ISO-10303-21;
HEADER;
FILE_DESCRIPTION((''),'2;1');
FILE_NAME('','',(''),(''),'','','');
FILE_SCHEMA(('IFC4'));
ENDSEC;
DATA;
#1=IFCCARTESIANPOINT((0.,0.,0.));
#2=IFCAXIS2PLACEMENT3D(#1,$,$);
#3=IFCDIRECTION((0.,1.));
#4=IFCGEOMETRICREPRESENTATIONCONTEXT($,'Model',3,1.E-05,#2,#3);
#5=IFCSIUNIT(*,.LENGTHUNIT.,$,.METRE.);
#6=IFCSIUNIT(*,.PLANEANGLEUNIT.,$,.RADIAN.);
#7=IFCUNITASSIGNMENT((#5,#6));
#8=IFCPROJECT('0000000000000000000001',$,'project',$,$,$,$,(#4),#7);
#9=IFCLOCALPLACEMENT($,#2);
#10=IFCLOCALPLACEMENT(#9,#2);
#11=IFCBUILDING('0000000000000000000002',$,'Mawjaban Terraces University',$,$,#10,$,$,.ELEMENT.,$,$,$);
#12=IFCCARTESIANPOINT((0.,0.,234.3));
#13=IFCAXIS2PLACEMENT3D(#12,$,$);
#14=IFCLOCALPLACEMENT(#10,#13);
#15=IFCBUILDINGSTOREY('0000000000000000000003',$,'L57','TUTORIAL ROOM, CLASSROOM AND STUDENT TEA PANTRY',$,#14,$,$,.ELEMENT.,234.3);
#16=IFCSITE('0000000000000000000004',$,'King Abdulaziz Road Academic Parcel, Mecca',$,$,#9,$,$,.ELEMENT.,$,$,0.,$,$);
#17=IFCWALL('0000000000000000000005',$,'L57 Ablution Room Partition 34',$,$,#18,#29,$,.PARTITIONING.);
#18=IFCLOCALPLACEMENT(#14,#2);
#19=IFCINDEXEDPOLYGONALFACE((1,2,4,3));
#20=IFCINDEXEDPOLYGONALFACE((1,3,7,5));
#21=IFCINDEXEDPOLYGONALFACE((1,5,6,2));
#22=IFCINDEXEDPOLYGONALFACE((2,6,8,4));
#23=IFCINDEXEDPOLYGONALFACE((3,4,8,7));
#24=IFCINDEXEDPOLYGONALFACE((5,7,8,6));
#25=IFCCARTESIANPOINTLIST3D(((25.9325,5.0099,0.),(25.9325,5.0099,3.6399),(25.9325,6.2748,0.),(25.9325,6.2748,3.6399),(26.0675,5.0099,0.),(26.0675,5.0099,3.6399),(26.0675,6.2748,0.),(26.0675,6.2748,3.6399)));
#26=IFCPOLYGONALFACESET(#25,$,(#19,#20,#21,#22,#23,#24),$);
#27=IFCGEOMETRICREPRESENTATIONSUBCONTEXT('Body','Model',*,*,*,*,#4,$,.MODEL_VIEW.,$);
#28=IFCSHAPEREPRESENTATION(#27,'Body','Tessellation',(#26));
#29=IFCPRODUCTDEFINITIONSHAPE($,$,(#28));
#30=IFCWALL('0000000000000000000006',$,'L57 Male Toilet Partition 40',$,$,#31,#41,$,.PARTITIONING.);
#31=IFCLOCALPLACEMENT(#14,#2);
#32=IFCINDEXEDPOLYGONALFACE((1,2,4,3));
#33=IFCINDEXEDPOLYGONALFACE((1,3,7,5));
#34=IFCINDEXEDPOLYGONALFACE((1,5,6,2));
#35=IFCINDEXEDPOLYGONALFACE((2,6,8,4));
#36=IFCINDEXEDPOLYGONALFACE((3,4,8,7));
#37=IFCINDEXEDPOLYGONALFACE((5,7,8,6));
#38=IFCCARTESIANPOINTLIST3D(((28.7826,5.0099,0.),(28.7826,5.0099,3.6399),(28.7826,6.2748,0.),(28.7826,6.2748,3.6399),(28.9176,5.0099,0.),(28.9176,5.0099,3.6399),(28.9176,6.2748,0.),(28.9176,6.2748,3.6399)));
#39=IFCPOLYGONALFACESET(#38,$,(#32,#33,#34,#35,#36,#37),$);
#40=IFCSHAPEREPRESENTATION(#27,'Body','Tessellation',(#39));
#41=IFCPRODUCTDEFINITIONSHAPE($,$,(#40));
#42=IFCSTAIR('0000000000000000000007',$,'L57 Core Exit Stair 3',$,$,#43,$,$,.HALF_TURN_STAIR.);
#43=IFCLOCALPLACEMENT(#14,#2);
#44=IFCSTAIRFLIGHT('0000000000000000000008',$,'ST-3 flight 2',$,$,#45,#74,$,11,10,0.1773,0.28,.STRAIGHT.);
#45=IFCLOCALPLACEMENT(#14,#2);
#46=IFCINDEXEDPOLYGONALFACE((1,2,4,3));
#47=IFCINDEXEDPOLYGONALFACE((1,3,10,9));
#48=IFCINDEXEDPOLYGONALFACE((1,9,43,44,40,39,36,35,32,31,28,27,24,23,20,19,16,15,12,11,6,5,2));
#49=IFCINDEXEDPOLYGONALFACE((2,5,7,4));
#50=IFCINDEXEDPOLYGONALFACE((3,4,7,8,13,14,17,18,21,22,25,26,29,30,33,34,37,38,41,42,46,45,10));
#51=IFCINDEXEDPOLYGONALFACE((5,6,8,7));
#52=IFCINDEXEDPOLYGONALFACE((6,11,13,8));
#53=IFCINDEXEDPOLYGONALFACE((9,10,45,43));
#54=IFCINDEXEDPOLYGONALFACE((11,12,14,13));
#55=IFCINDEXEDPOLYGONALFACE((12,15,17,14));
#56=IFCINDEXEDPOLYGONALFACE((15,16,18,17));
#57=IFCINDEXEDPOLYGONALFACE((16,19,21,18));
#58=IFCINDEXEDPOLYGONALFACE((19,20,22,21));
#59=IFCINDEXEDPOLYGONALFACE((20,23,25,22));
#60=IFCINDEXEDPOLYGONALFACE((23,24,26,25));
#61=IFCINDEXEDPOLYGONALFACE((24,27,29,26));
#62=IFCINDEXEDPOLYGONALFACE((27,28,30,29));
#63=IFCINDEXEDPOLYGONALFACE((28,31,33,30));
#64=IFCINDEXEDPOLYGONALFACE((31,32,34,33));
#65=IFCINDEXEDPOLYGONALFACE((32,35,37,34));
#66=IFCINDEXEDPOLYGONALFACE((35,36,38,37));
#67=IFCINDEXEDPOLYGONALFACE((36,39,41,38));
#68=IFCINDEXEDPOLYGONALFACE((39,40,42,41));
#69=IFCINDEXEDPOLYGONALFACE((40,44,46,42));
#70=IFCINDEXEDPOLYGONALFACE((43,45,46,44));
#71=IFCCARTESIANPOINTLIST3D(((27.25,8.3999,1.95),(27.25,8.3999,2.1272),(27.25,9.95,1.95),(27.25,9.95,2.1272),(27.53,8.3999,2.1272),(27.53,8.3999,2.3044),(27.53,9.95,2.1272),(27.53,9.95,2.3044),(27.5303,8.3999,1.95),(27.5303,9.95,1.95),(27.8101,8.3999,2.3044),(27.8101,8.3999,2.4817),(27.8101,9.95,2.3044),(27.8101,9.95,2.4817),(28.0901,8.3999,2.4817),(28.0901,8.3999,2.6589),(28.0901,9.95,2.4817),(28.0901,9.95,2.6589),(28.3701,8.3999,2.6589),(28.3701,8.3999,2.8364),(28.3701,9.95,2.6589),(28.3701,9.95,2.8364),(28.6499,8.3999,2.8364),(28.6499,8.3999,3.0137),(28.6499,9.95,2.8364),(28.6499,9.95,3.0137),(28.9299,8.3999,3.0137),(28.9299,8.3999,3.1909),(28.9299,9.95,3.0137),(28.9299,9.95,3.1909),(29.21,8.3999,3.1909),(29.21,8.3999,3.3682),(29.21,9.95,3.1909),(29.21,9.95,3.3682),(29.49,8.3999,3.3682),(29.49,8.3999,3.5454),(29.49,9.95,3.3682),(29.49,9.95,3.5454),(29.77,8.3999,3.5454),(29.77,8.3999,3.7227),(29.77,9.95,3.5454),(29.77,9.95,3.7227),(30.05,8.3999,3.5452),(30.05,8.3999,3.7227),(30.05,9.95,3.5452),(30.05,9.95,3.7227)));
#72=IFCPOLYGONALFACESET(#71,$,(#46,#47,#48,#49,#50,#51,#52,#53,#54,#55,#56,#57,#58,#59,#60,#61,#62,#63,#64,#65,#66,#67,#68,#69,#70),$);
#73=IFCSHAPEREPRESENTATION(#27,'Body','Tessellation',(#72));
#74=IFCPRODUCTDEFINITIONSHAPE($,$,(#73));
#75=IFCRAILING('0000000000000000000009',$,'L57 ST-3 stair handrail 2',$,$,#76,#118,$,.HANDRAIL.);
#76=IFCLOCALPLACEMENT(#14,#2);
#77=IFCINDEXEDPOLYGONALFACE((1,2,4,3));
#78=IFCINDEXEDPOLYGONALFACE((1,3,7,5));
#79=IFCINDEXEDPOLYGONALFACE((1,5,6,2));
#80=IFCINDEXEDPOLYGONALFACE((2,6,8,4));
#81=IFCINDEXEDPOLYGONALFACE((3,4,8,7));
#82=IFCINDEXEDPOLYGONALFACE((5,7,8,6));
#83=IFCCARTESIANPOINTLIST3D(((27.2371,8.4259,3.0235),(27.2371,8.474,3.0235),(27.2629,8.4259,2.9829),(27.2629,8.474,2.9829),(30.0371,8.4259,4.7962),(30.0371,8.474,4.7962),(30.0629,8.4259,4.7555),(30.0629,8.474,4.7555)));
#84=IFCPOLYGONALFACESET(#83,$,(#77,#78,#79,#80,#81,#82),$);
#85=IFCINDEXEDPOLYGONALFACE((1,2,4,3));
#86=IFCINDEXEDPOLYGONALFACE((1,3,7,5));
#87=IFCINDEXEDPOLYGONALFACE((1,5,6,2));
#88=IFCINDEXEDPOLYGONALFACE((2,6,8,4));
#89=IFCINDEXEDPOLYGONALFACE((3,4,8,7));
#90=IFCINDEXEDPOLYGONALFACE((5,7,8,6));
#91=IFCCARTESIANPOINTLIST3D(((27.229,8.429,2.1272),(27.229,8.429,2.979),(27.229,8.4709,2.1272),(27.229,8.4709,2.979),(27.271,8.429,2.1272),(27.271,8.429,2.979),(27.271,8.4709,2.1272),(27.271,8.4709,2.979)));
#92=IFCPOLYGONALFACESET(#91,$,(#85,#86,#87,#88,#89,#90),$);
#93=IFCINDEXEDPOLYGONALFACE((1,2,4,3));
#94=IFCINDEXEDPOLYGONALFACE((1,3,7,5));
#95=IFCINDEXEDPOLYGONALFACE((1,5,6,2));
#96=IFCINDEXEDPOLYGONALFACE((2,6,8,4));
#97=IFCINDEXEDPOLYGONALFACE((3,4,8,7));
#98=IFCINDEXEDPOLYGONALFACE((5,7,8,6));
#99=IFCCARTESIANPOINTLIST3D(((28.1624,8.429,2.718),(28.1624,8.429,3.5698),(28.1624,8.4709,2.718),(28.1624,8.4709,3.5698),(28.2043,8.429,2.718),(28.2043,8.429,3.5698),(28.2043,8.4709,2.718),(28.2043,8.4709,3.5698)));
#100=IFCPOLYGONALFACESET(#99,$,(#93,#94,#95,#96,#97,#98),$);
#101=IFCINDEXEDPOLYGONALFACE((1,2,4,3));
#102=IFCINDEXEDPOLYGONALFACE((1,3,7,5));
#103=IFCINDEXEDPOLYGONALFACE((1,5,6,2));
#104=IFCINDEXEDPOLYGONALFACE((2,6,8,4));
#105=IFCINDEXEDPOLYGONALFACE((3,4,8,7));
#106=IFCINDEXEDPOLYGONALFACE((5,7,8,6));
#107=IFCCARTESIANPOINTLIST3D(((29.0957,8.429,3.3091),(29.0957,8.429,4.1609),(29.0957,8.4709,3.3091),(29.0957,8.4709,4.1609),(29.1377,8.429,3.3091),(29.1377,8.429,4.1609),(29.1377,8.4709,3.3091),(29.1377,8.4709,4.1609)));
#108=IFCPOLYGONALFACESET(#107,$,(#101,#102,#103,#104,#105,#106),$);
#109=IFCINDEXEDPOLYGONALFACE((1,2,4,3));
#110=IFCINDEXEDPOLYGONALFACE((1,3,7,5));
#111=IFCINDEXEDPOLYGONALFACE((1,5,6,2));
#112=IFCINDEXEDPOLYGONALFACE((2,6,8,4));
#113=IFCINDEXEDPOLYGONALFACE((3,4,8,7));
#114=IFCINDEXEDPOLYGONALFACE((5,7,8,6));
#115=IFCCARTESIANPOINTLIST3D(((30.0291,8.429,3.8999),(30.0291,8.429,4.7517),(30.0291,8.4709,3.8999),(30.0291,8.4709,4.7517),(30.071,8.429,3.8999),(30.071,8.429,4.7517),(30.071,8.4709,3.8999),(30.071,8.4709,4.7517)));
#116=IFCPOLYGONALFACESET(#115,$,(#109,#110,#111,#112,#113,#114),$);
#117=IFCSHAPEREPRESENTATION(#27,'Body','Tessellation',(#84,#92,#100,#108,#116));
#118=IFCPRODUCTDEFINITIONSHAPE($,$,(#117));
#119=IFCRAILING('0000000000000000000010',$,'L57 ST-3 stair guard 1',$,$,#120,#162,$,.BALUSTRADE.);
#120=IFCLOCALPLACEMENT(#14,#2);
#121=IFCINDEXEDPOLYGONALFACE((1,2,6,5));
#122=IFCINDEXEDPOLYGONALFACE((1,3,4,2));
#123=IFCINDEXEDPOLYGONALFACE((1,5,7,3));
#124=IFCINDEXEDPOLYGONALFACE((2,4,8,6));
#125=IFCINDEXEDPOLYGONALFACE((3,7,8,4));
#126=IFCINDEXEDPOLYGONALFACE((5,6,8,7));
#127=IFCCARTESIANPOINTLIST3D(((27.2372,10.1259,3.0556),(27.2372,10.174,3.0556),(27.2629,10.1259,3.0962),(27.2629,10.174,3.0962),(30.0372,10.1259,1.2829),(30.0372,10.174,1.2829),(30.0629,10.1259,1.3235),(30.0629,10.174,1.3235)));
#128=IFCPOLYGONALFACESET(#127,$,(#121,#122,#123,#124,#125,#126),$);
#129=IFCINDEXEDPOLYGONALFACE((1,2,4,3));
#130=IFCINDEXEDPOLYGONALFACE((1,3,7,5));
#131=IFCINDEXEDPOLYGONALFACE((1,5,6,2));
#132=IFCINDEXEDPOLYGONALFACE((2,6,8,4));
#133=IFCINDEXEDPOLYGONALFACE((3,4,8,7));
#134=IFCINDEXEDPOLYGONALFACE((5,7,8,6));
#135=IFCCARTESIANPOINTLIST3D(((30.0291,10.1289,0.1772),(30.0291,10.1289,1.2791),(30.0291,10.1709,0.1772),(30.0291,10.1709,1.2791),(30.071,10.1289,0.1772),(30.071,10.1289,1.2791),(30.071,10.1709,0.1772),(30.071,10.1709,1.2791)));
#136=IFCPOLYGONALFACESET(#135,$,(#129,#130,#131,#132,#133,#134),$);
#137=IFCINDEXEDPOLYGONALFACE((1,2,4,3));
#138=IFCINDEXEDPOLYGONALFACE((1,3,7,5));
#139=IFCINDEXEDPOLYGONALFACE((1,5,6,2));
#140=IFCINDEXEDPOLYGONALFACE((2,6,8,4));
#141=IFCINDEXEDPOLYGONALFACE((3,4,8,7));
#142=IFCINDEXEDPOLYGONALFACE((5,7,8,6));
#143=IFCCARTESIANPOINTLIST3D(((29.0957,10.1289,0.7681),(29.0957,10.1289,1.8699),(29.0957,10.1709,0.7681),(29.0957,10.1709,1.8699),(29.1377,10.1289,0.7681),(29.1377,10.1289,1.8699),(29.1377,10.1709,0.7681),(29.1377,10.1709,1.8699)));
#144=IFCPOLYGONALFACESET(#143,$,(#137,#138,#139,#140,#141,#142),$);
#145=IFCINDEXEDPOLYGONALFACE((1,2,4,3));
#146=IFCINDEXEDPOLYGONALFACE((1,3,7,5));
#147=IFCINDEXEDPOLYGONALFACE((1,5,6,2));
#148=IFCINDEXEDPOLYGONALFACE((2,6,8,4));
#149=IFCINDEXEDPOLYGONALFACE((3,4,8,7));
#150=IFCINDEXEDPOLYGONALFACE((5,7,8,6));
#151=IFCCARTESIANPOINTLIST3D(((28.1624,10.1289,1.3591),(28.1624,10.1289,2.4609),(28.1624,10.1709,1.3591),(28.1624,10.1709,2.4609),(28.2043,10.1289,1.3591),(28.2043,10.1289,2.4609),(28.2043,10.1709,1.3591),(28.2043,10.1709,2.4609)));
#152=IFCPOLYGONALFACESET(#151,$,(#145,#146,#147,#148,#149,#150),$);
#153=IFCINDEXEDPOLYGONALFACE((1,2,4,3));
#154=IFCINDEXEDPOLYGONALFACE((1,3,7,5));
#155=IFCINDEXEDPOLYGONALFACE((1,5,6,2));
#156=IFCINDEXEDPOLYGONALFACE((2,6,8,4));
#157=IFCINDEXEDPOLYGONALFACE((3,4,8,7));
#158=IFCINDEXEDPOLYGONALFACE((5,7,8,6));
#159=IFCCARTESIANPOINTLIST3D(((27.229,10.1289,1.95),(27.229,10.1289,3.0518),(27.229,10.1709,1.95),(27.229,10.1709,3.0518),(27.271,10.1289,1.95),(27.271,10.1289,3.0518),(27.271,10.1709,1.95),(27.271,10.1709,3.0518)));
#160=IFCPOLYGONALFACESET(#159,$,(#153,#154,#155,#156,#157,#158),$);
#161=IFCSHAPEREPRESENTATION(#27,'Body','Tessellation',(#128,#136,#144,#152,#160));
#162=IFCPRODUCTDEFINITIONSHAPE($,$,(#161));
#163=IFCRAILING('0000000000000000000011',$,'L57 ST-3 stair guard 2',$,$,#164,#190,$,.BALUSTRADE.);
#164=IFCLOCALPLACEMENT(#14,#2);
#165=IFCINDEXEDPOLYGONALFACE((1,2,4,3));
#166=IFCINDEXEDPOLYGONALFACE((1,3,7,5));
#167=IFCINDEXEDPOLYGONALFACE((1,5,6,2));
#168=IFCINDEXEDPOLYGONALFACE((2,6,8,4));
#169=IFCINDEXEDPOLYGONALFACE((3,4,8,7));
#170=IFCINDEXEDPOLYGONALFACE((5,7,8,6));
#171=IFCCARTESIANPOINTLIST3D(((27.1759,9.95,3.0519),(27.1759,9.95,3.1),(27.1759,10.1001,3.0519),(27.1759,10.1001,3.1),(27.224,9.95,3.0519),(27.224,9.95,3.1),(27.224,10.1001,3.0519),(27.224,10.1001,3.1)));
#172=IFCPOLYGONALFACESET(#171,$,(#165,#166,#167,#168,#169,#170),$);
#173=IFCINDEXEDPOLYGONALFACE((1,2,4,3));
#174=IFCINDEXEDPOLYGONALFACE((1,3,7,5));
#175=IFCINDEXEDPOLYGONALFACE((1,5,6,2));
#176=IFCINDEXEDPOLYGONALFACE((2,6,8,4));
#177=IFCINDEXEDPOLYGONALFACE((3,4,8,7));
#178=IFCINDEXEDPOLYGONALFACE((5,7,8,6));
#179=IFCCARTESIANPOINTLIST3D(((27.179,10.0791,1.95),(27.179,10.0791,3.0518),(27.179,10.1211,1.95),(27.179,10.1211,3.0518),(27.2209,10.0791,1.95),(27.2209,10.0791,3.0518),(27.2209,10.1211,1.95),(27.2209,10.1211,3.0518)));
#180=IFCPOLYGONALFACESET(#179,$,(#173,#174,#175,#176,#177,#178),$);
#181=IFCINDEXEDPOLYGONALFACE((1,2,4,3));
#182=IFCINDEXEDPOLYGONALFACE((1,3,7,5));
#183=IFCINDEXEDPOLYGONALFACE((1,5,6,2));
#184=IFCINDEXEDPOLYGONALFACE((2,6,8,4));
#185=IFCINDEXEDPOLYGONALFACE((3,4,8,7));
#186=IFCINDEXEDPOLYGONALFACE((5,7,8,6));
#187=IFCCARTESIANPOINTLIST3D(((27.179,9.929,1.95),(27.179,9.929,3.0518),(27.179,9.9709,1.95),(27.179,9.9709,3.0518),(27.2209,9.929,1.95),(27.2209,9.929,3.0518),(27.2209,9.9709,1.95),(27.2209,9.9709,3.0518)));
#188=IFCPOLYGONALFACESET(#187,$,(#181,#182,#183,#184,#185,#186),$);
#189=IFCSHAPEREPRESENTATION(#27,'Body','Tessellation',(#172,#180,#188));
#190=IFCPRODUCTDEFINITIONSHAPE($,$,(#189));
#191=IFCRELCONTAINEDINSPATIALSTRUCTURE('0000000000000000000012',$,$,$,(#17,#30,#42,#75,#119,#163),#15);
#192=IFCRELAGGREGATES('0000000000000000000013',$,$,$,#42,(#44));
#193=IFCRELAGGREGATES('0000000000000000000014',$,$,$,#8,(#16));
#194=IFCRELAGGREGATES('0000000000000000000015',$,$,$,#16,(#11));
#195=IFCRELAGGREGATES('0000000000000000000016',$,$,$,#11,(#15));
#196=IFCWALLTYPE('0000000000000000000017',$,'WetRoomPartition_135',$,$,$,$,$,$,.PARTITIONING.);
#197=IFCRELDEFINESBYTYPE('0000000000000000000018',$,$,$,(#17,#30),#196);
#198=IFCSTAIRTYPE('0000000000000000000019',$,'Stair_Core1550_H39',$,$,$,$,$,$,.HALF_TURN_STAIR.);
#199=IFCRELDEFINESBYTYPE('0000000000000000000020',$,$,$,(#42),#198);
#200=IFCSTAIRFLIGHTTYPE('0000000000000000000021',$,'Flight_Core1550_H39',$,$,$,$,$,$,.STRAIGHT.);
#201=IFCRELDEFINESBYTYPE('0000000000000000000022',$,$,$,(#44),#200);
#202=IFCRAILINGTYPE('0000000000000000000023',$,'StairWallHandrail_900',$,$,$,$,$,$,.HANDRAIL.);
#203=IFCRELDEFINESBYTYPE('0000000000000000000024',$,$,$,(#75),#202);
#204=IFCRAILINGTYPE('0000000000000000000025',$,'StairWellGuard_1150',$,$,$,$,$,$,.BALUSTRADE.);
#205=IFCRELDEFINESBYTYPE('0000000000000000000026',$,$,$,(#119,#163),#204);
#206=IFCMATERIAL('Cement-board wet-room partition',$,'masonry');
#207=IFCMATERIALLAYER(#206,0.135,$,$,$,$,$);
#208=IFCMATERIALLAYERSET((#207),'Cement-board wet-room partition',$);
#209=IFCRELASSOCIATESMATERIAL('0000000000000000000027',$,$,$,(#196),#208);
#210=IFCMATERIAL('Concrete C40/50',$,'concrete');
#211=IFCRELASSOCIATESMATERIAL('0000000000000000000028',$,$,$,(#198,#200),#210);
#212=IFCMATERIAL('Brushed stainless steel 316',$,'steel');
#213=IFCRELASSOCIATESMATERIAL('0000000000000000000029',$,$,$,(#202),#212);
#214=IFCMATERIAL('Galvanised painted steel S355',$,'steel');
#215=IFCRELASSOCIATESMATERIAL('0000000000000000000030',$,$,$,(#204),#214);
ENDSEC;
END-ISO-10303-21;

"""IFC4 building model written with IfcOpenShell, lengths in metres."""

from ifc_helpers import new_model, si_unit, direction, frame, frame_2d, origin, origin_2d, place, context, subcontext, project, spatial, polyline, rectangle, outline, extrude, material, layer, layer_set, type_object, element, aggregate, save


model = new_model("IFC4")

# Units and contexts
model_context = context("Model", 3, precision=1e-05, world=origin(), true_north=direction((0.0, 1.0)))
body_context = subcontext(model_context, "Body", "Model", "MODEL_VIEW")
ifc_project = project(units=[si_unit("LENGTHUNIT", "METRE"), si_unit("PLANEANGLEUNIT", "RADIAN")], contexts=[model_context])

# Site, building, storey
site_placement = place(None, origin())
site = spatial("IfcSite", under=ifc_project, at=site_placement, Name="King Abdulaziz Road Academic Parcel, Mecca", CompositionType="ELEMENT", RefElevation=0.0)
building_placement = place(site_placement, origin())
building = spatial("IfcBuilding", under=site, at=building_placement, Name="Mawjaban Terraces University", CompositionType="ELEMENT")
storey_placement = place(building_placement, frame((0.0, 0.0, 234.3)))
storey = spatial("IfcBuildingStorey", under=building, at=storey_placement, Name="L57", Description="TUTORIAL ROOM, CLASSROOM AND STUDENT TEA PANTRY", CompositionType="ELEMENT", Elevation=234.3)

# Walls
ifc_material_1 = material(Name="Cement-board wet-room partition", Category="masonry")
ifc_layer_1 = layer(ifc_material_1, 0.135)
ifc_layer_set_1 = layer_set([ifc_layer_1], Name="Cement-board wet-room partition")
wall_type_1 = type_object("IfcWallType", Name="WetRoomPartition_135", PredefinedType="PARTITIONING", material=ifc_layer_set_1)
for number, where, z_axis, x_axis, name in (
    (1, (26.0, 5.01, 0.0), (0.0, 0.0, 1.0), (0.0, 1.0, 0.0), "L57 Ablution Room Partition 34"),
    (2, (28.8501, 5.01, 0.0), (0.0, 0.0, 1.0), (0.0, 1.0, 0.0), "L57 Male Toilet Partition 40"),
):
    element("IfcWall", number, at=place(storey_placement, frame(where, z_axis=z_axis, x_axis=x_axis)), inside=storey, type_object=wall_type_1, Name=name, PredefinedType="PARTITIONING", context=body_context, shape_type="SweptSolid", body=[
        extrude(rectangle(XDim=1.2649, YDim=0.135, at=frame_2d((0.6323, 0.0))), origin(), (0.0, 0.0, 1.0), 3.6399),
    ])

# Stair, stair flight
ifc_material_2 = material(Name="Concrete C40/50", Category="concrete")
stair_type = type_object("IfcStairType", Name="Stair_Core1550_H39", PredefinedType="HALF_TURN_STAIR", material=ifc_material_2)
stair_placement = place(storey_placement, origin())
stair = element("IfcStair", 3, at=stair_placement, inside=storey, type_object=stair_type, Name="L57 Core Exit Stair 3", PredefinedType="HALF_TURN_STAIR")
stair_flight_type = type_object("IfcStairFlightType", Name="Flight_Core1550_H39", PredefinedType="STRAIGHT", material=ifc_material_2)
stair_flight_placement = place(storey_placement, frame((27.25, 9.175, 1.95), z_axis=(0.0, 0.0, 1.0), x_axis=(1.0, 0.0, 0.0)))
stair_flight = element("IfcStairFlight", 4, at=stair_flight_placement, type_object=stair_flight_type, Name="ST-3 flight 2", NumberOfRisers=11, NumberOfTreads=10, PredefinedType="STRAIGHT", RiserHeight=0.1773, TreadLength=0.28, context=body_context, shape_type="SweptSolid", body=[
    extrude(outline(polyline([(0.0, 0.0), (0.0, 0.1772), (0.28, 0.1772), (0.28, 0.3545), (0.5601, 0.3545), (0.5601, 0.5317), (0.8401, 0.5317), (0.8401, 0.709), (1.1201, 0.709), (1.1201, 0.8865), (1.3999, 0.8865), (1.3999, 1.0637), (1.6799, 1.0637), (1.6799, 1.241), (1.96, 1.241), (1.96, 1.4182), (2.24, 1.4182), (2.24, 1.5955), (2.52, 1.5955), (2.52, 1.7727), (2.8, 1.7727), (2.8, 1.95), (2.8, 1.5952), (0.2803, 0.0), (0.0, 0.0)])), frame((0.0, 0.7749, 0.0), z_axis=(0.0, -1.0, 0.0), x_axis=(1.0, 0.0, 0.0)), (0.0, 0.0, 1.0), 1.55),
])
aggregate(stair, [stair_flight])

# Railings
ifc_material_3 = material(Name="Brushed stainless steel 316", Category="steel")
railing_type_1 = type_object("IfcRailingType", Name="StairWallHandrail_900", PredefinedType="HANDRAIL", material=ifc_material_3)
railing_1_placement = place(storey_placement, frame((27.25, 8.45, 2.1272)))
element("IfcRailing", 5, at=railing_1_placement, inside=storey, type_object=railing_type_1, Name="L57 ST-3 stair handrail 2", PredefinedType="HANDRAIL", context=body_context, shape_type="SweptSolid", body=[
    extrude(rectangle(XDim=0.0481, YDim=0.0481, at=origin_2d()), frame((0.0, 0.0, 0.876), z_axis=(0.844909, 0.0, 0.53491), x_axis=(0.0, 1.0, 0.0)), (0.0, 0.0, 1.0), 3.314),
    extrude(rectangle(XDim=0.042, YDim=0.042, at=origin_2d()), origin(), (0.0, 0.0, 1.0), 0.8518),
    extrude(rectangle(XDim=0.042, YDim=0.042, at=origin_2d()), frame((0.9333, 0.0, 0.5908)), (0.0, 0.0, 1.0), 0.8518),
    extrude(rectangle(XDim=0.042, YDim=0.042, at=origin_2d()), frame((1.8667, 0.0, 1.1819)), (0.0, 0.0, 1.0), 0.8518),
    extrude(rectangle(XDim=0.042, YDim=0.042, at=origin_2d()), frame((2.8, 0.0, 1.7727)), (0.0, 0.0, 1.0), 0.8518),
])
ifc_material_4 = material(Name="Galvanised painted steel S355", Category="steel")
railing_type_2 = type_object("IfcRailingType", Name="StairWellGuard_1150", PredefinedType="BALUSTRADE", material=ifc_material_4)
railing_2_placement = place(storey_placement, frame((30.05, 10.1499, 0.1772)))
element("IfcRailing", 6, at=railing_2_placement, inside=storey, type_object=railing_type_2, Name="L57 ST-3 stair guard 1", PredefinedType="BALUSTRADE", context=body_context, shape_type="SweptSolid", body=[
    extrude(rectangle(XDim=0.0481, YDim=0.0481, at=origin_2d()), frame((0.0, 0.0, 1.126), z_axis=(-0.844909, 0.0, 0.53491), x_axis=(0.0, -1.0, 0.0)), (0.0, 0.0, 1.0), 3.314),
    extrude(rectangle(XDim=0.042, YDim=0.042, at=origin_2d()), origin(), (0.0, 0.0, 1.0), 1.1018),
    extrude(rectangle(XDim=0.042, YDim=0.042, at=origin_2d()), frame((-0.9333, 0.0, 0.5908)), (0.0, 0.0, 1.0), 1.1018),
    extrude(rectangle(XDim=0.042, YDim=0.042, at=origin_2d()), frame((-1.8667, 0.0, 1.1819)), (0.0, 0.0, 1.0), 1.1018),
    extrude(rectangle(XDim=0.042, YDim=0.042, at=origin_2d()), frame((-2.8, 0.0, 1.7727)), (0.0, 0.0, 1.0), 1.1018),
])
railing_3_placement = place(storey_placement, frame((27.2, 10.1001, 1.95)))
element("IfcRailing", 7, at=railing_3_placement, inside=storey, type_object=railing_type_2, Name="L57 ST-3 stair guard 2", PredefinedType="BALUSTRADE", context=body_context, shape_type="SweptSolid", body=[
    extrude(rectangle(XDim=0.0481, YDim=0.0481, at=origin_2d()), frame((0.0, 0.0, 1.126), z_axis=(0.0, -1.0, 0.0), x_axis=(1.0, 0.0, 0.0)), (0.0, 0.0, 1.0), 0.1501),
    extrude(rectangle(XDim=0.042, YDim=0.042, at=origin_2d()), origin(), (0.0, 0.0, 1.0), 1.1018),
    extrude(rectangle(XDim=0.042, YDim=0.042, at=origin_2d()), frame((0.0, -0.1501, 0.0)), (0.0, 0.0, 1.0), 1.1018),
])

save(model, "model.ifc")
